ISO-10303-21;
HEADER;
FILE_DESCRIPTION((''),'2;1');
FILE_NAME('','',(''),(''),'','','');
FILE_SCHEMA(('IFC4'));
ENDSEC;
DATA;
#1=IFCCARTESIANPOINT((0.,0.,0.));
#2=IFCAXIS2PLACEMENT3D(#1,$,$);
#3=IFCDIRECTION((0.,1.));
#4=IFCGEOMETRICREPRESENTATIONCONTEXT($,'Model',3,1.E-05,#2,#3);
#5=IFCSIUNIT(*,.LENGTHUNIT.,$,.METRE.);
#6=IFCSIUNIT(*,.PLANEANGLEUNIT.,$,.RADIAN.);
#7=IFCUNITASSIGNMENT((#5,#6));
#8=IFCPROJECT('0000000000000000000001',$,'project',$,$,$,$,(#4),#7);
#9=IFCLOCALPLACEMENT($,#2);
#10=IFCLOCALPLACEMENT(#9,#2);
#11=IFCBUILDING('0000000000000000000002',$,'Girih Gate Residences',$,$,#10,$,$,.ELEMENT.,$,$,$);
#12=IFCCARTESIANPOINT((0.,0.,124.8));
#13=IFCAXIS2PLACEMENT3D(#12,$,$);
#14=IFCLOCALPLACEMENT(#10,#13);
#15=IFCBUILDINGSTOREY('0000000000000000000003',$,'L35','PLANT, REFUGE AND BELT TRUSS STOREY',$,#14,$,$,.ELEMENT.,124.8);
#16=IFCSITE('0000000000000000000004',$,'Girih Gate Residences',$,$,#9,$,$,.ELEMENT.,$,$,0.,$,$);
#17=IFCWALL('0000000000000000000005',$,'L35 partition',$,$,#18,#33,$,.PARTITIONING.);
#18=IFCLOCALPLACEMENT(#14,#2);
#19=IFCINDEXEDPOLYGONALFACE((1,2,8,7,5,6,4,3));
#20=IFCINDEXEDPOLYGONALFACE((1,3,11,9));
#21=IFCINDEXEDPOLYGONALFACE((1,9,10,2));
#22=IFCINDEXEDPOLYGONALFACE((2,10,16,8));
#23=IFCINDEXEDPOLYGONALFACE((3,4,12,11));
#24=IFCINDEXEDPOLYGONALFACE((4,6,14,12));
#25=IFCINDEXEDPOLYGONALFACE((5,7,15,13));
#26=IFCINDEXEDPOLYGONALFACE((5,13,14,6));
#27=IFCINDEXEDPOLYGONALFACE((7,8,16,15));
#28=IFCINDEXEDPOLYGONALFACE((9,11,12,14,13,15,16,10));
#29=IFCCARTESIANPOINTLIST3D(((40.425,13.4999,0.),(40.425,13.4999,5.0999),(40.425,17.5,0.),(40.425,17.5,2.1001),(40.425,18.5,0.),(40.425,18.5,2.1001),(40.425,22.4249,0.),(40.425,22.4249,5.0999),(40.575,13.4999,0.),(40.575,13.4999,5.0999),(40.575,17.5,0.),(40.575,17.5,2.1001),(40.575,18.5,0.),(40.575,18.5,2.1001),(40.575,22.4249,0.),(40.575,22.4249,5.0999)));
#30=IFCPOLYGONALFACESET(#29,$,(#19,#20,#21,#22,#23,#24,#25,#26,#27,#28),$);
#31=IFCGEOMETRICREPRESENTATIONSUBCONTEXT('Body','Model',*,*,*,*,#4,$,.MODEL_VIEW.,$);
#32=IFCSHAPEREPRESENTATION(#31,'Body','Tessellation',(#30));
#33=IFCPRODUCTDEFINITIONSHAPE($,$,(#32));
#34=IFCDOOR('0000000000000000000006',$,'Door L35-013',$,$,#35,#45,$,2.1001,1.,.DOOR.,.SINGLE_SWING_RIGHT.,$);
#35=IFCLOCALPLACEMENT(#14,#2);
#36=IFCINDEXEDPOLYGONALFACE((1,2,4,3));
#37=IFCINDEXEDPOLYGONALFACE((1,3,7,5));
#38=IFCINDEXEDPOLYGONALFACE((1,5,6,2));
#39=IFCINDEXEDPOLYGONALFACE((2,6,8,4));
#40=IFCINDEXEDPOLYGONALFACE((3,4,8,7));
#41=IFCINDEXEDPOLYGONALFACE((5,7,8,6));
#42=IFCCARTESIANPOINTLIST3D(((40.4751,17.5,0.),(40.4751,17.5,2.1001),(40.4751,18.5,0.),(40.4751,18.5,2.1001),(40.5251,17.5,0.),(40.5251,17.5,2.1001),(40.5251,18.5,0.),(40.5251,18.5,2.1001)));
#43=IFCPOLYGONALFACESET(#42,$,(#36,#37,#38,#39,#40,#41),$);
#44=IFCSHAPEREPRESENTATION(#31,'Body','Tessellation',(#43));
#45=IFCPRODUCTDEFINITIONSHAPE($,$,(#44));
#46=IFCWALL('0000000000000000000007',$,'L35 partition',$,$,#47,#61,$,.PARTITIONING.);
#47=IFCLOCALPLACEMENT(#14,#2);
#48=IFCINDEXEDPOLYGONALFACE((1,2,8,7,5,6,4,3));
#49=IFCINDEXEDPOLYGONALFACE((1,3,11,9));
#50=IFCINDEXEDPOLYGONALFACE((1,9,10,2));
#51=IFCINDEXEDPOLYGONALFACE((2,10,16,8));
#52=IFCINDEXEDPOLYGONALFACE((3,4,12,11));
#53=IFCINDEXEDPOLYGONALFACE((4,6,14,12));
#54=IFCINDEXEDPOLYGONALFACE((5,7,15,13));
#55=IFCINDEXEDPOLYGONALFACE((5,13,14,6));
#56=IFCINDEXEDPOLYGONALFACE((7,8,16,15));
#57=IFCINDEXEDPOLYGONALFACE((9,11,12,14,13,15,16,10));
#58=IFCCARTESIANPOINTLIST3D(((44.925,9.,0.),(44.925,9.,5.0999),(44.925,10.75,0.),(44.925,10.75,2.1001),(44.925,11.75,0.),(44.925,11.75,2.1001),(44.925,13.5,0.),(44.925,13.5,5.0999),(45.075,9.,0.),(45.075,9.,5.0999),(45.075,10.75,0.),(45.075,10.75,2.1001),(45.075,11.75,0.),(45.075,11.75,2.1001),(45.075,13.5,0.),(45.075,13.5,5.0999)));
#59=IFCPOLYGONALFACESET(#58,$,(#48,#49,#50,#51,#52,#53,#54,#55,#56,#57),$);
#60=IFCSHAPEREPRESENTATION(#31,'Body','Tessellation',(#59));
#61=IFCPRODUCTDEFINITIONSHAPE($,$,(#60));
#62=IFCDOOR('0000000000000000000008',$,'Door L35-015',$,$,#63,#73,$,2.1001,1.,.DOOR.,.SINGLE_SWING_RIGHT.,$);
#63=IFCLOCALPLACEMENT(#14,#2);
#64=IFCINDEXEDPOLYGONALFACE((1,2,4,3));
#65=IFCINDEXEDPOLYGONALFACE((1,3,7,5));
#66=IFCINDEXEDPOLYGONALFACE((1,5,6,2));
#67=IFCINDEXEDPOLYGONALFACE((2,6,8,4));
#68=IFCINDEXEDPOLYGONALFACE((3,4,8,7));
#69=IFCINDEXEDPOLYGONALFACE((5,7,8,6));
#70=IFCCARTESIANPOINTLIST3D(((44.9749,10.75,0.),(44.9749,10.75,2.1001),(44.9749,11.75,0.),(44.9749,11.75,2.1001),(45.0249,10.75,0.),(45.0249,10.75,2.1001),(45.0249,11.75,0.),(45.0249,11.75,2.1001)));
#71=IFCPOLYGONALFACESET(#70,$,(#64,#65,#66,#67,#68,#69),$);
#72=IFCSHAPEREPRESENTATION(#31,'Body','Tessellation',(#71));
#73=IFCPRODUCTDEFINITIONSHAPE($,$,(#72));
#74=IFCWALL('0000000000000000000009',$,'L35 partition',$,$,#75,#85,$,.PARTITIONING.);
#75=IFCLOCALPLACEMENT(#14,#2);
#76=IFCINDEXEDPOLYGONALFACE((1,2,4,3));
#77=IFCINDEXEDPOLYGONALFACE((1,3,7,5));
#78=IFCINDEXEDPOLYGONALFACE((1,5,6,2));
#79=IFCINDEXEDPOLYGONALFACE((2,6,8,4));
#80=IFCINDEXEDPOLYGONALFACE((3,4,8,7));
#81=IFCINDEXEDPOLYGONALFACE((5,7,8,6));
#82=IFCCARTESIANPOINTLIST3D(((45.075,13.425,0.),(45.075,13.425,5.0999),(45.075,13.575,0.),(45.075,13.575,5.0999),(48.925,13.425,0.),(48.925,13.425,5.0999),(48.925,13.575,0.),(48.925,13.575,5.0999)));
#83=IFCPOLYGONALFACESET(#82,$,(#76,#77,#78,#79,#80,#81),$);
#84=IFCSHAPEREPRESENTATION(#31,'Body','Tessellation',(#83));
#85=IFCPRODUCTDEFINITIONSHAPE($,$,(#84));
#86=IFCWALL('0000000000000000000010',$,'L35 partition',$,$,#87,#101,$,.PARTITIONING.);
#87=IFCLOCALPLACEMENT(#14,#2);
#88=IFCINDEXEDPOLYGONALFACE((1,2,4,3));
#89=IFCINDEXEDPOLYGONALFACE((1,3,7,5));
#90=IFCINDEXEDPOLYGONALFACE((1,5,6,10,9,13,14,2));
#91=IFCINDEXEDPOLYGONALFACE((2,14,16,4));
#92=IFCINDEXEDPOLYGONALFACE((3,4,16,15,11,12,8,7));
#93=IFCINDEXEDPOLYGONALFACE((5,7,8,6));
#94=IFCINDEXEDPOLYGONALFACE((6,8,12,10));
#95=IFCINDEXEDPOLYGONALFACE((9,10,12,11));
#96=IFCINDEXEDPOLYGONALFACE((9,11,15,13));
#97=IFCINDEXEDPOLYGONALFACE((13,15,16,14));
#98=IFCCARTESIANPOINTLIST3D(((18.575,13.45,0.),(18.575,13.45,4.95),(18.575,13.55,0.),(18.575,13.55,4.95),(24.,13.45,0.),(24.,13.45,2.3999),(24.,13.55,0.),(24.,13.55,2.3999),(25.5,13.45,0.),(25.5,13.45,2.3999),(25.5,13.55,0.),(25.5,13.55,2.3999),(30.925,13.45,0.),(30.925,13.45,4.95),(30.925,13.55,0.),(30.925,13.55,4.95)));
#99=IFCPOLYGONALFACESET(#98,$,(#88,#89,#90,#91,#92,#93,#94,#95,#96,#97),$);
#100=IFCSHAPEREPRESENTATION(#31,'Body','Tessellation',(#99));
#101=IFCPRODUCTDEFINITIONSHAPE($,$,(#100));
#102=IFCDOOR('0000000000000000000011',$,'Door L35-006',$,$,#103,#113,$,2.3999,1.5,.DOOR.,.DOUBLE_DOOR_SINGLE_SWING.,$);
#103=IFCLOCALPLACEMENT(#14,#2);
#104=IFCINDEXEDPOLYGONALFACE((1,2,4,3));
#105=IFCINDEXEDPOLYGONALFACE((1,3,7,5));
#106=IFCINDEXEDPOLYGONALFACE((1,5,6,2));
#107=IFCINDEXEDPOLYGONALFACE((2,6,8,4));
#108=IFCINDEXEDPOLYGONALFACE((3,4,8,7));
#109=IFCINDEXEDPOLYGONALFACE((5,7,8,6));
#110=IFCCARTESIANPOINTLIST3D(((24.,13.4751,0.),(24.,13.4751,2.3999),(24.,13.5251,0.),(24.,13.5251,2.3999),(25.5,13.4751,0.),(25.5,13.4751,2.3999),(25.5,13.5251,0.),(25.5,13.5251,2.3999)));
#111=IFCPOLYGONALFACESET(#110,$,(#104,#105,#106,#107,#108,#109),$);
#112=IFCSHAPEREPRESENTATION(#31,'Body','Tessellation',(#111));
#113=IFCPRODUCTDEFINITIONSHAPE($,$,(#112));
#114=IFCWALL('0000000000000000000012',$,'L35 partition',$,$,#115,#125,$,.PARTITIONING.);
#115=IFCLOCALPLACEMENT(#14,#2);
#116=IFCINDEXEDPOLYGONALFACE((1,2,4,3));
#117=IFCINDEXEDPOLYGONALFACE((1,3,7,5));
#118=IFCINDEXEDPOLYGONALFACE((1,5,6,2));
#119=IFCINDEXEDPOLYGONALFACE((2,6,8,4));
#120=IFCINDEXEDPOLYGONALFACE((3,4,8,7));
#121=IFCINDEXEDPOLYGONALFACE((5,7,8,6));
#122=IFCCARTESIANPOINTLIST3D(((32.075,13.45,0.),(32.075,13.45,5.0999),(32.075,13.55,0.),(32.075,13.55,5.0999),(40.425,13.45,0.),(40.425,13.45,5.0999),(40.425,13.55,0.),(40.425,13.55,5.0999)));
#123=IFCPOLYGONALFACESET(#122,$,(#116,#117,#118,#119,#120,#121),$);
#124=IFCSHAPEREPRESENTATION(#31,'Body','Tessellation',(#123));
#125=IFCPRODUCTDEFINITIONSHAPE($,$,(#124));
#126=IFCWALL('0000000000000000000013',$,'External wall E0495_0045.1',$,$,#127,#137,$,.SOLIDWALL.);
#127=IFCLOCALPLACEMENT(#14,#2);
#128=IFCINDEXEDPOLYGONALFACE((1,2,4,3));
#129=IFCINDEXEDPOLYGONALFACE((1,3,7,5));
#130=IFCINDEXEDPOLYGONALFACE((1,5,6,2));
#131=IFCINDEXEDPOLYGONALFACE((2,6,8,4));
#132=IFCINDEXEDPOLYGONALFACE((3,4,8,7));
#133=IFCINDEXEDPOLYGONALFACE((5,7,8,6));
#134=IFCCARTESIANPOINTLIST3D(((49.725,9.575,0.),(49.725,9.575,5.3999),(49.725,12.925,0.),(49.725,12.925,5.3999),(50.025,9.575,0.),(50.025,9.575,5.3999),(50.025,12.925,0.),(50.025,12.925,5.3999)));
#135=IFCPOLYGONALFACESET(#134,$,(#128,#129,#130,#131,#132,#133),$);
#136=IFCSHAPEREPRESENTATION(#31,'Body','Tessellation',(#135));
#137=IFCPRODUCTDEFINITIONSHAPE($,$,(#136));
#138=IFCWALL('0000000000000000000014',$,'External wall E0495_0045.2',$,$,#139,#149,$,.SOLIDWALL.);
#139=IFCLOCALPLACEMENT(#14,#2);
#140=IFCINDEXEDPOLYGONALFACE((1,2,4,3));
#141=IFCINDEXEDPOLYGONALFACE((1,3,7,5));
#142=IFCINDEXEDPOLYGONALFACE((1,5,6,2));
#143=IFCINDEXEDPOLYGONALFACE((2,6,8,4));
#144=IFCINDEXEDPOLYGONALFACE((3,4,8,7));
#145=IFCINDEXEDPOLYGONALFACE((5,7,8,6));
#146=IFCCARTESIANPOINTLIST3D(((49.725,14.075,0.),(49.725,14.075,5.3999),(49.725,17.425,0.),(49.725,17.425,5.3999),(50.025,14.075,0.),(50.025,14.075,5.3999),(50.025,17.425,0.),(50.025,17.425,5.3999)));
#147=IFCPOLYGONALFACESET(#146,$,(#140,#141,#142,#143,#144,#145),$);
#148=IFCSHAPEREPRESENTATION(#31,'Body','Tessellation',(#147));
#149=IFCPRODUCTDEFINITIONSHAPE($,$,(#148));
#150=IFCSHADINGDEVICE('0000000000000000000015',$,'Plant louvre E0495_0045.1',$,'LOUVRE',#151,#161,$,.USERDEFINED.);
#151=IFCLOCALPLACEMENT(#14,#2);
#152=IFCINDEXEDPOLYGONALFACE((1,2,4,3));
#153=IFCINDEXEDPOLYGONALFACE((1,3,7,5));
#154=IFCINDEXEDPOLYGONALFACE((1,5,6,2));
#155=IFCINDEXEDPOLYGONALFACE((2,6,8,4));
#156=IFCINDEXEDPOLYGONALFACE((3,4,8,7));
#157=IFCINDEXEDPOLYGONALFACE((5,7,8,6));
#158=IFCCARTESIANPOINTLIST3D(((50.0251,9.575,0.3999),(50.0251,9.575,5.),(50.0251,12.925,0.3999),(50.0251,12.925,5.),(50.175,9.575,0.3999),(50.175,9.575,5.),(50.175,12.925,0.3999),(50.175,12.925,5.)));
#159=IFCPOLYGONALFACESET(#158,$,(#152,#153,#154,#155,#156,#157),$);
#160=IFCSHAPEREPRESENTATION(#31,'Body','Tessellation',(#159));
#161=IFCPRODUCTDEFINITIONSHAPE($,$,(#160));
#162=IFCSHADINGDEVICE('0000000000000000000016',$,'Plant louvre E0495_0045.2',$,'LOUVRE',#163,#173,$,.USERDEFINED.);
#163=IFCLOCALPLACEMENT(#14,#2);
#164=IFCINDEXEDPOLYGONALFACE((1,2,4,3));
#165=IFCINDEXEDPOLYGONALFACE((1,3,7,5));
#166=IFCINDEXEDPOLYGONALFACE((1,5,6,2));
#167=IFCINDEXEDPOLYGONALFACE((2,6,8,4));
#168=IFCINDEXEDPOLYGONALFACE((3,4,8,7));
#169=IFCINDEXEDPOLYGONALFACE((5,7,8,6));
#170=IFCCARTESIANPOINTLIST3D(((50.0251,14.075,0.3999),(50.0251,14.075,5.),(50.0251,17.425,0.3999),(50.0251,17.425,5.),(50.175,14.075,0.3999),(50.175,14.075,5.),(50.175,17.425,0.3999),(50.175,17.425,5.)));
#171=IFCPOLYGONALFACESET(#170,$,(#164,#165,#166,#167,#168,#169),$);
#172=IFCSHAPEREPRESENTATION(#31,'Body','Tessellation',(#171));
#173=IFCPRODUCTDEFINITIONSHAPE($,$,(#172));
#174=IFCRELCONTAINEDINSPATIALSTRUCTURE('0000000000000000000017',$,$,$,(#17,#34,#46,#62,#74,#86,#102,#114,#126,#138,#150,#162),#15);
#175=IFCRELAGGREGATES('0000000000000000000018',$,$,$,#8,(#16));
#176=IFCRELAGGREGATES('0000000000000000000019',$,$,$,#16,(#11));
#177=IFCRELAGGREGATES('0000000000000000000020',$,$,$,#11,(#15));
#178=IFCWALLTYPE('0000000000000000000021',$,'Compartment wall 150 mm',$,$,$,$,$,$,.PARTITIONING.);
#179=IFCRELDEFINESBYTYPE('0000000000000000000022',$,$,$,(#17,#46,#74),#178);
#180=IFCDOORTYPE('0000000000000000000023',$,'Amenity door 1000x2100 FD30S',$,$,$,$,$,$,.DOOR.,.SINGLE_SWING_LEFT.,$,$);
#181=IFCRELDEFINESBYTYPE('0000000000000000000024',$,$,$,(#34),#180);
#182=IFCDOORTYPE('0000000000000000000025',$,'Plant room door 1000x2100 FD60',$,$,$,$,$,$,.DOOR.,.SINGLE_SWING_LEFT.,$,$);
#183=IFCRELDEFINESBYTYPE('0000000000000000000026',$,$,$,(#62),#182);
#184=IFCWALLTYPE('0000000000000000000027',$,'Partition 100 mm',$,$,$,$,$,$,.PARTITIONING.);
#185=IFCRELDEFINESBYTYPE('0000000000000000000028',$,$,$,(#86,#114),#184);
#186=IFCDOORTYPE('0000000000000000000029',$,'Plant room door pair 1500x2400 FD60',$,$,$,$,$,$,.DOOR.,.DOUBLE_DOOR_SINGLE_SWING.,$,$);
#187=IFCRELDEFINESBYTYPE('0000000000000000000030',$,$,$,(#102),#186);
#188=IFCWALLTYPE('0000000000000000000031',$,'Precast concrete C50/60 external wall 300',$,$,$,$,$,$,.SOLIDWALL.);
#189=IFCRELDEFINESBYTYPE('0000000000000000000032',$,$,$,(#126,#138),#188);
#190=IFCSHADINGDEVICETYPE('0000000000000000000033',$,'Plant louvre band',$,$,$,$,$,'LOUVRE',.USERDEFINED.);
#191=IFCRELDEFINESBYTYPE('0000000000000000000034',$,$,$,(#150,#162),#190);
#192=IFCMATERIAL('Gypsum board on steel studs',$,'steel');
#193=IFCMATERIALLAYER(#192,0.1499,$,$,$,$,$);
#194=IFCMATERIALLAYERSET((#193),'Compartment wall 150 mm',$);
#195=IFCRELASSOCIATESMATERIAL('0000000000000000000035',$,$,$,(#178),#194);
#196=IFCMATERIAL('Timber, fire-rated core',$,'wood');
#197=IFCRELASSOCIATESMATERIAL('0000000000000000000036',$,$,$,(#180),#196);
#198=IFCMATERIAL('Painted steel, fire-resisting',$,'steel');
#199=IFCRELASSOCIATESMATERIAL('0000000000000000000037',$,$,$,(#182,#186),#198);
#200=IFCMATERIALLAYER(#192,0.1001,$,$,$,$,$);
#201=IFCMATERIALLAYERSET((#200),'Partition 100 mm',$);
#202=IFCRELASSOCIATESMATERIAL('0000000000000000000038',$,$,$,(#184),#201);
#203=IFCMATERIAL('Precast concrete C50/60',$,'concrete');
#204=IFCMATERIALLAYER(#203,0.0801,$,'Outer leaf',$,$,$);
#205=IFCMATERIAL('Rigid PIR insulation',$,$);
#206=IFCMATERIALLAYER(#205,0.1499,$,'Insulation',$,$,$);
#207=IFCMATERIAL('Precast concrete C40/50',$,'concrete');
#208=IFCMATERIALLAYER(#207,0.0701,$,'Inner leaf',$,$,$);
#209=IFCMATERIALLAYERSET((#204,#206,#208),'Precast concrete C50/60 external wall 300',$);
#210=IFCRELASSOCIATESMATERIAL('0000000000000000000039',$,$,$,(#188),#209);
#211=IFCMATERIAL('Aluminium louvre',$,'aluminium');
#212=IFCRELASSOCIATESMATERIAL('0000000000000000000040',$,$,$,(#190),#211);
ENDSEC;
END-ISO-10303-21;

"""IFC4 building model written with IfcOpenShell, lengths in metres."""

from ifc_helpers import new_model, si_unit, direction, frame, frame_2d, origin, origin_2d, place, context, subcontext, project, spatial, rectangle, extrude, material, layer, layer_set, type_object, element, fill, save


model = new_model("IFC4")

# Units and contexts
model_context = context("Model", 3, precision=1e-05, world=origin(), true_north=direction((0.0, 1.0)))
body_context = subcontext(model_context, "Body", "Model", "MODEL_VIEW")
ifc_project = project(units=[si_unit("LENGTHUNIT", "METRE"), si_unit("PLANEANGLEUNIT", "RADIAN")], contexts=[model_context])

# Site, building, storey
site_placement = place(None, origin())
site = spatial("IfcSite", under=ifc_project, at=site_placement, Name="Girih Gate Residences", CompositionType="ELEMENT", RefElevation=0.0)
building_placement = place(site_placement, origin())
building = spatial("IfcBuilding", under=site, at=building_placement, Name="Girih Gate Residences", CompositionType="ELEMENT")
storey_placement = place(building_placement, frame((0.0, 0.0, 124.8)))
storey = spatial("IfcBuildingStorey", under=building, at=storey_placement, Name="L35", Description="PLANT, REFUGE AND BELT TRUSS STOREY", CompositionType="ELEMENT", Elevation=124.8)

# Shared definitions
ifc_material_1 = material(Name="Gypsum board on steel studs", Category="steel")
ifc_layer_1 = layer(ifc_material_1, 0.1499)
ifc_layer_set_1 = layer_set([ifc_layer_1], Name="Compartment wall 150 mm")
wall_type_1 = type_object("IfcWallType", Name="Compartment wall 150 mm", PredefinedType="PARTITIONING", material=ifc_layer_set_1)

# Walls, openings, doors
wall_1_placement = place(storey_placement, frame((40.5, 13.5, 0.0), z_axis=(0.0, 0.0, 1.0), x_axis=(0.0, 1.0, 0.0)))
wall_1 = element("IfcWall", 1, at=wall_1_placement, inside=storey, type_object=wall_type_1, Name="L35 partition", PredefinedType="PARTITIONING", context=body_context, shape_type="SweptSolid", body=[
    extrude(rectangle(XDim=8.925, YDim=0.1499, at=frame_2d((4.4624, 0.0))), origin(), (0.0, 0.0, 1.0), 5.0999),
])
opening_1_placement = place(wall_1_placement, frame((4.0, 0.0, 0.0)))
opening_1 = element("IfcOpeningElement", 2, at=opening_1_placement, cuts=wall_1, PredefinedType="OPENING", context=body_context, shape_type="SweptSolid", body=[
    extrude(rectangle(XDim=1.0, YDim=2.1001, at=frame_2d((0.5, 1.05))), frame((0.0, 0.085, 0.0), z_axis=(0.0, -1.0, 0.0), x_axis=(1.0, 0.0, 0.0)), (0.0, 0.0, 1.0), 0.1699),
])
ifc_material_2 = material(Name="Timber, fire-rated core", Category="wood")
door_type_1 = type_object("IfcDoorType", Name="Amenity door 1000x2100 FD30S", OperationType="SINGLE_SWING_LEFT", PredefinedType="DOOR", material=ifc_material_2)
door_1_placement = place(opening_1_placement, origin())
door_1 = element("IfcDoor", 3, at=door_1_placement, inside=storey, type_object=door_type_1, Name="Door L35-013", OperationType="SINGLE_SWING_RIGHT", OverallHeight=2.1001, OverallWidth=1.0, PredefinedType="DOOR", context=body_context, shape_type="SweptSolid", body=[
    extrude(rectangle(XDim=1.0, YDim=2.1001, at=frame_2d((0.5, 1.05))), frame((0.0, 0.0249, 0.0), z_axis=(0.0, -1.0, 0.0), x_axis=(1.0, 0.0, 0.0)), (0.0, 0.0, 1.0), 0.05),
])
fill(opening_1, door_1)
wall_2_placement = place(storey_placement, frame((45.0, 13.5, 0.0), z_axis=(0.0, 0.0, 1.0), x_axis=(0.0, -1.0, 0.0)))
wall_2 = element("IfcWall", 4, at=wall_2_placement, inside=storey, type_object=wall_type_1, Name="L35 partition", PredefinedType="PARTITIONING", context=body_context, shape_type="SweptSolid", body=[
    extrude(rectangle(XDim=4.5, YDim=0.1499, at=frame_2d((2.25, 0.0))), origin(), (0.0, 0.0, 1.0), 5.0999),
])
opening_2_placement = place(wall_2_placement, frame((1.75, 0.0, 0.0)))
opening_2 = element("IfcOpeningElement", 5, at=opening_2_placement, cuts=wall_2, PredefinedType="OPENING", context=body_context, shape_type="SweptSolid", body=[
    extrude(rectangle(XDim=1.0, YDim=2.1001, at=frame_2d((0.5, 1.05))), frame((0.0, 0.085, 0.0), z_axis=(0.0, -1.0, 0.0), x_axis=(1.0, 0.0, 0.0)), (0.0, 0.0, 1.0), 0.1699),
])
ifc_material_3 = material(Name="Painted steel, fire-resisting", Category="steel")
door_type_2 = type_object("IfcDoorType", Name="Plant room door 1000x2100 FD60", OperationType="SINGLE_SWING_LEFT", PredefinedType="DOOR", material=ifc_material_3)
door_2_placement = place(opening_2_placement, origin())
door_2 = element("IfcDoor", 6, at=door_2_placement, inside=storey, type_object=door_type_2, Name="Door L35-015", OperationType="SINGLE_SWING_RIGHT", OverallHeight=2.1001, OverallWidth=1.0, PredefinedType="DOOR", context=body_context, shape_type="SweptSolid", body=[
    extrude(rectangle(XDim=1.0, YDim=2.1001, at=frame_2d((0.5, 1.05))), frame((0.0, 0.0249, 0.0), z_axis=(0.0, -1.0, 0.0), x_axis=(1.0, 0.0, 0.0)), (0.0, 0.0, 1.0), 0.05),
])
fill(opening_2, door_2)

# Wall
wall_3_placement = place(storey_placement, frame((45.075, 13.5, 0.0), z_axis=(0.0, 0.0, 1.0), x_axis=(1.0, 0.0, 0.0)))
element("IfcWall", 7, at=wall_3_placement, inside=storey, type_object=wall_type_1, Name="L35 partition", PredefinedType="PARTITIONING", context=body_context, shape_type="SweptSolid", body=[
    extrude(rectangle(XDim=3.8501, YDim=0.1499, at=frame_2d((1.925, 0.0))), origin(), (0.0, 0.0, 1.0), 5.0999),
])

# Wall, opening, door
ifc_layer_2 = layer(ifc_material_1, 0.1001)
ifc_layer_set_2 = layer_set([ifc_layer_2], Name="Partition 100 mm")
wall_type_2 = type_object("IfcWallType", Name="Partition 100 mm", PredefinedType="PARTITIONING", material=ifc_layer_set_2)
wall_4_placement = place(storey_placement, frame((30.925, 13.5, 0.0), z_axis=(0.0, 0.0, 1.0), x_axis=(-1.0, 0.0, 0.0)))
wall_4 = element("IfcWall", 8, at=wall_4_placement, inside=storey, type_object=wall_type_2, Name="L35 partition", PredefinedType="PARTITIONING", context=body_context, shape_type="SweptSolid", body=[
    extrude(rectangle(XDim=12.3501, YDim=0.1001, at=frame_2d((6.175, 0.0))), origin(), (0.0, 0.0, 1.0), 4.95),
])
opening_3_placement = place(wall_4_placement, frame((5.425, 0.0, 0.0)))
opening_3 = element("IfcOpeningElement", 9, at=opening_3_placement, cuts=wall_4, PredefinedType="OPENING", context=body_context, shape_type="SweptSolid", body=[
    extrude(rectangle(XDim=1.5, YDim=2.3999, at=frame_2d((0.75, 1.2))), frame((0.0, 0.0601, 0.0), z_axis=(0.0, -1.0, 0.0), x_axis=(1.0, 0.0, 0.0)), (0.0, 0.0, 1.0), 0.1201),
])
door_type_3 = type_object("IfcDoorType", Name="Plant room door pair 1500x2400 FD60", OperationType="DOUBLE_DOOR_SINGLE_SWING", PredefinedType="DOOR", material=ifc_material_3)
door_3_placement = place(opening_3_placement, origin())
door_3 = element("IfcDoor", 10, at=door_3_placement, inside=storey, type_object=door_type_3, Name="Door L35-006", OperationType="DOUBLE_DOOR_SINGLE_SWING", OverallHeight=2.3999, OverallWidth=1.5, PredefinedType="DOOR", context=body_context, shape_type="SweptSolid", body=[
    extrude(rectangle(XDim=1.5, YDim=2.3999, at=frame_2d((0.75, 1.2))), frame((0.0, 0.0249, 0.0), z_axis=(0.0, -1.0, 0.0), x_axis=(1.0, 0.0, 0.0)), (0.0, 0.0, 1.0), 0.05),
])
fill(opening_3, door_3)

# Walls
wall_5_placement = place(storey_placement, frame((32.075, 13.5, 0.0), z_axis=(0.0, 0.0, 1.0), x_axis=(1.0, 0.0, 0.0)))
element("IfcWall", 11, at=wall_5_placement, inside=storey, type_object=wall_type_2, Name="L35 partition", PredefinedType="PARTITIONING", context=body_context, shape_type="SweptSolid", body=[
    extrude(rectangle(XDim=8.3501, YDim=0.1001, at=frame_2d((4.175, 0.0))), origin(), (0.0, 0.0, 1.0), 5.0999),
])
ifc_material_4 = material(Name="Precast concrete C50/60", Category="concrete")
ifc_layer_3 = layer(ifc_material_4, 0.0801, Name="Outer leaf")
ifc_material_5 = material(Name="Rigid PIR insulation")
ifc_layer_4 = layer(ifc_material_5, 0.1499, Name="Insulation")
ifc_material_6 = material(Name="Precast concrete C40/50", Category="concrete")
ifc_layer_5 = layer(ifc_material_6, 0.0701, Name="Inner leaf")
ifc_layer_set_3 = layer_set([ifc_layer_3, ifc_layer_4, ifc_layer_5], Name="Precast concrete C50/60 external wall 300")
wall_type_3 = type_object("IfcWallType", Name="Precast concrete C50/60 external wall 300", PredefinedType="SOLIDWALL", material=ifc_layer_set_3)
for number, where, z_axis, x_axis, name in (
    (12, (49.875, 12.925, 0.0), (0.0, 0.0, 1.0), (0.0, -1.0, 0.0), "External wall E0495_0045.1"),
    (13, (49.875, 17.425, 0.0), (0.0, 0.0, 1.0), (0.0, -1.0, 0.0), "External wall E0495_0045.2"),
):
    element("IfcWall", number, at=place(storey_placement, frame(where, z_axis=z_axis, x_axis=x_axis)), inside=storey, type_object=wall_type_3, Name=name, PredefinedType="SOLIDWALL", context=body_context, shape_type="SweptSolid", body=[
        extrude(rectangle(XDim=3.3501, YDim=0.3, at=frame_2d((1.675, 0.0))), origin(), (0.0, 0.0, 1.0), 5.3999),
    ])

# Shading devices
ifc_material_7 = material(Name="Aluminium louvre", Category="aluminium")
shading_device_type = type_object("IfcShadingDeviceType", Name="Plant louvre band", ElementType="LOUVRE", PredefinedType="USERDEFINED", material=ifc_material_7)
for number, where, z_axis, x_axis, name in (
    (14, (50.1001, 11.25, 0.3999), (0.0, 0.0, 1.0), (0.0, 1.0, 0.0), "Plant louvre E0495_0045.1"),
    (15, (50.1001, 15.75, 0.3999), (0.0, 0.0, 1.0), (0.0, 1.0, 0.0), "Plant louvre E0495_0045.2"),
):
    element("IfcShadingDevice", number, at=place(storey_placement, frame(where, z_axis=z_axis, x_axis=x_axis)), inside=storey, type_object=shading_device_type, Name=name, ObjectType="LOUVRE", PredefinedType="USERDEFINED", context=body_context, shape_type="SweptSolid", body=[
        extrude(rectangle(XDim=3.3501, YDim=0.1499, at=origin_2d()), origin(), (0.0, 0.0, 1.0), 4.6001),
    ])

save(model, "model.ifc")
